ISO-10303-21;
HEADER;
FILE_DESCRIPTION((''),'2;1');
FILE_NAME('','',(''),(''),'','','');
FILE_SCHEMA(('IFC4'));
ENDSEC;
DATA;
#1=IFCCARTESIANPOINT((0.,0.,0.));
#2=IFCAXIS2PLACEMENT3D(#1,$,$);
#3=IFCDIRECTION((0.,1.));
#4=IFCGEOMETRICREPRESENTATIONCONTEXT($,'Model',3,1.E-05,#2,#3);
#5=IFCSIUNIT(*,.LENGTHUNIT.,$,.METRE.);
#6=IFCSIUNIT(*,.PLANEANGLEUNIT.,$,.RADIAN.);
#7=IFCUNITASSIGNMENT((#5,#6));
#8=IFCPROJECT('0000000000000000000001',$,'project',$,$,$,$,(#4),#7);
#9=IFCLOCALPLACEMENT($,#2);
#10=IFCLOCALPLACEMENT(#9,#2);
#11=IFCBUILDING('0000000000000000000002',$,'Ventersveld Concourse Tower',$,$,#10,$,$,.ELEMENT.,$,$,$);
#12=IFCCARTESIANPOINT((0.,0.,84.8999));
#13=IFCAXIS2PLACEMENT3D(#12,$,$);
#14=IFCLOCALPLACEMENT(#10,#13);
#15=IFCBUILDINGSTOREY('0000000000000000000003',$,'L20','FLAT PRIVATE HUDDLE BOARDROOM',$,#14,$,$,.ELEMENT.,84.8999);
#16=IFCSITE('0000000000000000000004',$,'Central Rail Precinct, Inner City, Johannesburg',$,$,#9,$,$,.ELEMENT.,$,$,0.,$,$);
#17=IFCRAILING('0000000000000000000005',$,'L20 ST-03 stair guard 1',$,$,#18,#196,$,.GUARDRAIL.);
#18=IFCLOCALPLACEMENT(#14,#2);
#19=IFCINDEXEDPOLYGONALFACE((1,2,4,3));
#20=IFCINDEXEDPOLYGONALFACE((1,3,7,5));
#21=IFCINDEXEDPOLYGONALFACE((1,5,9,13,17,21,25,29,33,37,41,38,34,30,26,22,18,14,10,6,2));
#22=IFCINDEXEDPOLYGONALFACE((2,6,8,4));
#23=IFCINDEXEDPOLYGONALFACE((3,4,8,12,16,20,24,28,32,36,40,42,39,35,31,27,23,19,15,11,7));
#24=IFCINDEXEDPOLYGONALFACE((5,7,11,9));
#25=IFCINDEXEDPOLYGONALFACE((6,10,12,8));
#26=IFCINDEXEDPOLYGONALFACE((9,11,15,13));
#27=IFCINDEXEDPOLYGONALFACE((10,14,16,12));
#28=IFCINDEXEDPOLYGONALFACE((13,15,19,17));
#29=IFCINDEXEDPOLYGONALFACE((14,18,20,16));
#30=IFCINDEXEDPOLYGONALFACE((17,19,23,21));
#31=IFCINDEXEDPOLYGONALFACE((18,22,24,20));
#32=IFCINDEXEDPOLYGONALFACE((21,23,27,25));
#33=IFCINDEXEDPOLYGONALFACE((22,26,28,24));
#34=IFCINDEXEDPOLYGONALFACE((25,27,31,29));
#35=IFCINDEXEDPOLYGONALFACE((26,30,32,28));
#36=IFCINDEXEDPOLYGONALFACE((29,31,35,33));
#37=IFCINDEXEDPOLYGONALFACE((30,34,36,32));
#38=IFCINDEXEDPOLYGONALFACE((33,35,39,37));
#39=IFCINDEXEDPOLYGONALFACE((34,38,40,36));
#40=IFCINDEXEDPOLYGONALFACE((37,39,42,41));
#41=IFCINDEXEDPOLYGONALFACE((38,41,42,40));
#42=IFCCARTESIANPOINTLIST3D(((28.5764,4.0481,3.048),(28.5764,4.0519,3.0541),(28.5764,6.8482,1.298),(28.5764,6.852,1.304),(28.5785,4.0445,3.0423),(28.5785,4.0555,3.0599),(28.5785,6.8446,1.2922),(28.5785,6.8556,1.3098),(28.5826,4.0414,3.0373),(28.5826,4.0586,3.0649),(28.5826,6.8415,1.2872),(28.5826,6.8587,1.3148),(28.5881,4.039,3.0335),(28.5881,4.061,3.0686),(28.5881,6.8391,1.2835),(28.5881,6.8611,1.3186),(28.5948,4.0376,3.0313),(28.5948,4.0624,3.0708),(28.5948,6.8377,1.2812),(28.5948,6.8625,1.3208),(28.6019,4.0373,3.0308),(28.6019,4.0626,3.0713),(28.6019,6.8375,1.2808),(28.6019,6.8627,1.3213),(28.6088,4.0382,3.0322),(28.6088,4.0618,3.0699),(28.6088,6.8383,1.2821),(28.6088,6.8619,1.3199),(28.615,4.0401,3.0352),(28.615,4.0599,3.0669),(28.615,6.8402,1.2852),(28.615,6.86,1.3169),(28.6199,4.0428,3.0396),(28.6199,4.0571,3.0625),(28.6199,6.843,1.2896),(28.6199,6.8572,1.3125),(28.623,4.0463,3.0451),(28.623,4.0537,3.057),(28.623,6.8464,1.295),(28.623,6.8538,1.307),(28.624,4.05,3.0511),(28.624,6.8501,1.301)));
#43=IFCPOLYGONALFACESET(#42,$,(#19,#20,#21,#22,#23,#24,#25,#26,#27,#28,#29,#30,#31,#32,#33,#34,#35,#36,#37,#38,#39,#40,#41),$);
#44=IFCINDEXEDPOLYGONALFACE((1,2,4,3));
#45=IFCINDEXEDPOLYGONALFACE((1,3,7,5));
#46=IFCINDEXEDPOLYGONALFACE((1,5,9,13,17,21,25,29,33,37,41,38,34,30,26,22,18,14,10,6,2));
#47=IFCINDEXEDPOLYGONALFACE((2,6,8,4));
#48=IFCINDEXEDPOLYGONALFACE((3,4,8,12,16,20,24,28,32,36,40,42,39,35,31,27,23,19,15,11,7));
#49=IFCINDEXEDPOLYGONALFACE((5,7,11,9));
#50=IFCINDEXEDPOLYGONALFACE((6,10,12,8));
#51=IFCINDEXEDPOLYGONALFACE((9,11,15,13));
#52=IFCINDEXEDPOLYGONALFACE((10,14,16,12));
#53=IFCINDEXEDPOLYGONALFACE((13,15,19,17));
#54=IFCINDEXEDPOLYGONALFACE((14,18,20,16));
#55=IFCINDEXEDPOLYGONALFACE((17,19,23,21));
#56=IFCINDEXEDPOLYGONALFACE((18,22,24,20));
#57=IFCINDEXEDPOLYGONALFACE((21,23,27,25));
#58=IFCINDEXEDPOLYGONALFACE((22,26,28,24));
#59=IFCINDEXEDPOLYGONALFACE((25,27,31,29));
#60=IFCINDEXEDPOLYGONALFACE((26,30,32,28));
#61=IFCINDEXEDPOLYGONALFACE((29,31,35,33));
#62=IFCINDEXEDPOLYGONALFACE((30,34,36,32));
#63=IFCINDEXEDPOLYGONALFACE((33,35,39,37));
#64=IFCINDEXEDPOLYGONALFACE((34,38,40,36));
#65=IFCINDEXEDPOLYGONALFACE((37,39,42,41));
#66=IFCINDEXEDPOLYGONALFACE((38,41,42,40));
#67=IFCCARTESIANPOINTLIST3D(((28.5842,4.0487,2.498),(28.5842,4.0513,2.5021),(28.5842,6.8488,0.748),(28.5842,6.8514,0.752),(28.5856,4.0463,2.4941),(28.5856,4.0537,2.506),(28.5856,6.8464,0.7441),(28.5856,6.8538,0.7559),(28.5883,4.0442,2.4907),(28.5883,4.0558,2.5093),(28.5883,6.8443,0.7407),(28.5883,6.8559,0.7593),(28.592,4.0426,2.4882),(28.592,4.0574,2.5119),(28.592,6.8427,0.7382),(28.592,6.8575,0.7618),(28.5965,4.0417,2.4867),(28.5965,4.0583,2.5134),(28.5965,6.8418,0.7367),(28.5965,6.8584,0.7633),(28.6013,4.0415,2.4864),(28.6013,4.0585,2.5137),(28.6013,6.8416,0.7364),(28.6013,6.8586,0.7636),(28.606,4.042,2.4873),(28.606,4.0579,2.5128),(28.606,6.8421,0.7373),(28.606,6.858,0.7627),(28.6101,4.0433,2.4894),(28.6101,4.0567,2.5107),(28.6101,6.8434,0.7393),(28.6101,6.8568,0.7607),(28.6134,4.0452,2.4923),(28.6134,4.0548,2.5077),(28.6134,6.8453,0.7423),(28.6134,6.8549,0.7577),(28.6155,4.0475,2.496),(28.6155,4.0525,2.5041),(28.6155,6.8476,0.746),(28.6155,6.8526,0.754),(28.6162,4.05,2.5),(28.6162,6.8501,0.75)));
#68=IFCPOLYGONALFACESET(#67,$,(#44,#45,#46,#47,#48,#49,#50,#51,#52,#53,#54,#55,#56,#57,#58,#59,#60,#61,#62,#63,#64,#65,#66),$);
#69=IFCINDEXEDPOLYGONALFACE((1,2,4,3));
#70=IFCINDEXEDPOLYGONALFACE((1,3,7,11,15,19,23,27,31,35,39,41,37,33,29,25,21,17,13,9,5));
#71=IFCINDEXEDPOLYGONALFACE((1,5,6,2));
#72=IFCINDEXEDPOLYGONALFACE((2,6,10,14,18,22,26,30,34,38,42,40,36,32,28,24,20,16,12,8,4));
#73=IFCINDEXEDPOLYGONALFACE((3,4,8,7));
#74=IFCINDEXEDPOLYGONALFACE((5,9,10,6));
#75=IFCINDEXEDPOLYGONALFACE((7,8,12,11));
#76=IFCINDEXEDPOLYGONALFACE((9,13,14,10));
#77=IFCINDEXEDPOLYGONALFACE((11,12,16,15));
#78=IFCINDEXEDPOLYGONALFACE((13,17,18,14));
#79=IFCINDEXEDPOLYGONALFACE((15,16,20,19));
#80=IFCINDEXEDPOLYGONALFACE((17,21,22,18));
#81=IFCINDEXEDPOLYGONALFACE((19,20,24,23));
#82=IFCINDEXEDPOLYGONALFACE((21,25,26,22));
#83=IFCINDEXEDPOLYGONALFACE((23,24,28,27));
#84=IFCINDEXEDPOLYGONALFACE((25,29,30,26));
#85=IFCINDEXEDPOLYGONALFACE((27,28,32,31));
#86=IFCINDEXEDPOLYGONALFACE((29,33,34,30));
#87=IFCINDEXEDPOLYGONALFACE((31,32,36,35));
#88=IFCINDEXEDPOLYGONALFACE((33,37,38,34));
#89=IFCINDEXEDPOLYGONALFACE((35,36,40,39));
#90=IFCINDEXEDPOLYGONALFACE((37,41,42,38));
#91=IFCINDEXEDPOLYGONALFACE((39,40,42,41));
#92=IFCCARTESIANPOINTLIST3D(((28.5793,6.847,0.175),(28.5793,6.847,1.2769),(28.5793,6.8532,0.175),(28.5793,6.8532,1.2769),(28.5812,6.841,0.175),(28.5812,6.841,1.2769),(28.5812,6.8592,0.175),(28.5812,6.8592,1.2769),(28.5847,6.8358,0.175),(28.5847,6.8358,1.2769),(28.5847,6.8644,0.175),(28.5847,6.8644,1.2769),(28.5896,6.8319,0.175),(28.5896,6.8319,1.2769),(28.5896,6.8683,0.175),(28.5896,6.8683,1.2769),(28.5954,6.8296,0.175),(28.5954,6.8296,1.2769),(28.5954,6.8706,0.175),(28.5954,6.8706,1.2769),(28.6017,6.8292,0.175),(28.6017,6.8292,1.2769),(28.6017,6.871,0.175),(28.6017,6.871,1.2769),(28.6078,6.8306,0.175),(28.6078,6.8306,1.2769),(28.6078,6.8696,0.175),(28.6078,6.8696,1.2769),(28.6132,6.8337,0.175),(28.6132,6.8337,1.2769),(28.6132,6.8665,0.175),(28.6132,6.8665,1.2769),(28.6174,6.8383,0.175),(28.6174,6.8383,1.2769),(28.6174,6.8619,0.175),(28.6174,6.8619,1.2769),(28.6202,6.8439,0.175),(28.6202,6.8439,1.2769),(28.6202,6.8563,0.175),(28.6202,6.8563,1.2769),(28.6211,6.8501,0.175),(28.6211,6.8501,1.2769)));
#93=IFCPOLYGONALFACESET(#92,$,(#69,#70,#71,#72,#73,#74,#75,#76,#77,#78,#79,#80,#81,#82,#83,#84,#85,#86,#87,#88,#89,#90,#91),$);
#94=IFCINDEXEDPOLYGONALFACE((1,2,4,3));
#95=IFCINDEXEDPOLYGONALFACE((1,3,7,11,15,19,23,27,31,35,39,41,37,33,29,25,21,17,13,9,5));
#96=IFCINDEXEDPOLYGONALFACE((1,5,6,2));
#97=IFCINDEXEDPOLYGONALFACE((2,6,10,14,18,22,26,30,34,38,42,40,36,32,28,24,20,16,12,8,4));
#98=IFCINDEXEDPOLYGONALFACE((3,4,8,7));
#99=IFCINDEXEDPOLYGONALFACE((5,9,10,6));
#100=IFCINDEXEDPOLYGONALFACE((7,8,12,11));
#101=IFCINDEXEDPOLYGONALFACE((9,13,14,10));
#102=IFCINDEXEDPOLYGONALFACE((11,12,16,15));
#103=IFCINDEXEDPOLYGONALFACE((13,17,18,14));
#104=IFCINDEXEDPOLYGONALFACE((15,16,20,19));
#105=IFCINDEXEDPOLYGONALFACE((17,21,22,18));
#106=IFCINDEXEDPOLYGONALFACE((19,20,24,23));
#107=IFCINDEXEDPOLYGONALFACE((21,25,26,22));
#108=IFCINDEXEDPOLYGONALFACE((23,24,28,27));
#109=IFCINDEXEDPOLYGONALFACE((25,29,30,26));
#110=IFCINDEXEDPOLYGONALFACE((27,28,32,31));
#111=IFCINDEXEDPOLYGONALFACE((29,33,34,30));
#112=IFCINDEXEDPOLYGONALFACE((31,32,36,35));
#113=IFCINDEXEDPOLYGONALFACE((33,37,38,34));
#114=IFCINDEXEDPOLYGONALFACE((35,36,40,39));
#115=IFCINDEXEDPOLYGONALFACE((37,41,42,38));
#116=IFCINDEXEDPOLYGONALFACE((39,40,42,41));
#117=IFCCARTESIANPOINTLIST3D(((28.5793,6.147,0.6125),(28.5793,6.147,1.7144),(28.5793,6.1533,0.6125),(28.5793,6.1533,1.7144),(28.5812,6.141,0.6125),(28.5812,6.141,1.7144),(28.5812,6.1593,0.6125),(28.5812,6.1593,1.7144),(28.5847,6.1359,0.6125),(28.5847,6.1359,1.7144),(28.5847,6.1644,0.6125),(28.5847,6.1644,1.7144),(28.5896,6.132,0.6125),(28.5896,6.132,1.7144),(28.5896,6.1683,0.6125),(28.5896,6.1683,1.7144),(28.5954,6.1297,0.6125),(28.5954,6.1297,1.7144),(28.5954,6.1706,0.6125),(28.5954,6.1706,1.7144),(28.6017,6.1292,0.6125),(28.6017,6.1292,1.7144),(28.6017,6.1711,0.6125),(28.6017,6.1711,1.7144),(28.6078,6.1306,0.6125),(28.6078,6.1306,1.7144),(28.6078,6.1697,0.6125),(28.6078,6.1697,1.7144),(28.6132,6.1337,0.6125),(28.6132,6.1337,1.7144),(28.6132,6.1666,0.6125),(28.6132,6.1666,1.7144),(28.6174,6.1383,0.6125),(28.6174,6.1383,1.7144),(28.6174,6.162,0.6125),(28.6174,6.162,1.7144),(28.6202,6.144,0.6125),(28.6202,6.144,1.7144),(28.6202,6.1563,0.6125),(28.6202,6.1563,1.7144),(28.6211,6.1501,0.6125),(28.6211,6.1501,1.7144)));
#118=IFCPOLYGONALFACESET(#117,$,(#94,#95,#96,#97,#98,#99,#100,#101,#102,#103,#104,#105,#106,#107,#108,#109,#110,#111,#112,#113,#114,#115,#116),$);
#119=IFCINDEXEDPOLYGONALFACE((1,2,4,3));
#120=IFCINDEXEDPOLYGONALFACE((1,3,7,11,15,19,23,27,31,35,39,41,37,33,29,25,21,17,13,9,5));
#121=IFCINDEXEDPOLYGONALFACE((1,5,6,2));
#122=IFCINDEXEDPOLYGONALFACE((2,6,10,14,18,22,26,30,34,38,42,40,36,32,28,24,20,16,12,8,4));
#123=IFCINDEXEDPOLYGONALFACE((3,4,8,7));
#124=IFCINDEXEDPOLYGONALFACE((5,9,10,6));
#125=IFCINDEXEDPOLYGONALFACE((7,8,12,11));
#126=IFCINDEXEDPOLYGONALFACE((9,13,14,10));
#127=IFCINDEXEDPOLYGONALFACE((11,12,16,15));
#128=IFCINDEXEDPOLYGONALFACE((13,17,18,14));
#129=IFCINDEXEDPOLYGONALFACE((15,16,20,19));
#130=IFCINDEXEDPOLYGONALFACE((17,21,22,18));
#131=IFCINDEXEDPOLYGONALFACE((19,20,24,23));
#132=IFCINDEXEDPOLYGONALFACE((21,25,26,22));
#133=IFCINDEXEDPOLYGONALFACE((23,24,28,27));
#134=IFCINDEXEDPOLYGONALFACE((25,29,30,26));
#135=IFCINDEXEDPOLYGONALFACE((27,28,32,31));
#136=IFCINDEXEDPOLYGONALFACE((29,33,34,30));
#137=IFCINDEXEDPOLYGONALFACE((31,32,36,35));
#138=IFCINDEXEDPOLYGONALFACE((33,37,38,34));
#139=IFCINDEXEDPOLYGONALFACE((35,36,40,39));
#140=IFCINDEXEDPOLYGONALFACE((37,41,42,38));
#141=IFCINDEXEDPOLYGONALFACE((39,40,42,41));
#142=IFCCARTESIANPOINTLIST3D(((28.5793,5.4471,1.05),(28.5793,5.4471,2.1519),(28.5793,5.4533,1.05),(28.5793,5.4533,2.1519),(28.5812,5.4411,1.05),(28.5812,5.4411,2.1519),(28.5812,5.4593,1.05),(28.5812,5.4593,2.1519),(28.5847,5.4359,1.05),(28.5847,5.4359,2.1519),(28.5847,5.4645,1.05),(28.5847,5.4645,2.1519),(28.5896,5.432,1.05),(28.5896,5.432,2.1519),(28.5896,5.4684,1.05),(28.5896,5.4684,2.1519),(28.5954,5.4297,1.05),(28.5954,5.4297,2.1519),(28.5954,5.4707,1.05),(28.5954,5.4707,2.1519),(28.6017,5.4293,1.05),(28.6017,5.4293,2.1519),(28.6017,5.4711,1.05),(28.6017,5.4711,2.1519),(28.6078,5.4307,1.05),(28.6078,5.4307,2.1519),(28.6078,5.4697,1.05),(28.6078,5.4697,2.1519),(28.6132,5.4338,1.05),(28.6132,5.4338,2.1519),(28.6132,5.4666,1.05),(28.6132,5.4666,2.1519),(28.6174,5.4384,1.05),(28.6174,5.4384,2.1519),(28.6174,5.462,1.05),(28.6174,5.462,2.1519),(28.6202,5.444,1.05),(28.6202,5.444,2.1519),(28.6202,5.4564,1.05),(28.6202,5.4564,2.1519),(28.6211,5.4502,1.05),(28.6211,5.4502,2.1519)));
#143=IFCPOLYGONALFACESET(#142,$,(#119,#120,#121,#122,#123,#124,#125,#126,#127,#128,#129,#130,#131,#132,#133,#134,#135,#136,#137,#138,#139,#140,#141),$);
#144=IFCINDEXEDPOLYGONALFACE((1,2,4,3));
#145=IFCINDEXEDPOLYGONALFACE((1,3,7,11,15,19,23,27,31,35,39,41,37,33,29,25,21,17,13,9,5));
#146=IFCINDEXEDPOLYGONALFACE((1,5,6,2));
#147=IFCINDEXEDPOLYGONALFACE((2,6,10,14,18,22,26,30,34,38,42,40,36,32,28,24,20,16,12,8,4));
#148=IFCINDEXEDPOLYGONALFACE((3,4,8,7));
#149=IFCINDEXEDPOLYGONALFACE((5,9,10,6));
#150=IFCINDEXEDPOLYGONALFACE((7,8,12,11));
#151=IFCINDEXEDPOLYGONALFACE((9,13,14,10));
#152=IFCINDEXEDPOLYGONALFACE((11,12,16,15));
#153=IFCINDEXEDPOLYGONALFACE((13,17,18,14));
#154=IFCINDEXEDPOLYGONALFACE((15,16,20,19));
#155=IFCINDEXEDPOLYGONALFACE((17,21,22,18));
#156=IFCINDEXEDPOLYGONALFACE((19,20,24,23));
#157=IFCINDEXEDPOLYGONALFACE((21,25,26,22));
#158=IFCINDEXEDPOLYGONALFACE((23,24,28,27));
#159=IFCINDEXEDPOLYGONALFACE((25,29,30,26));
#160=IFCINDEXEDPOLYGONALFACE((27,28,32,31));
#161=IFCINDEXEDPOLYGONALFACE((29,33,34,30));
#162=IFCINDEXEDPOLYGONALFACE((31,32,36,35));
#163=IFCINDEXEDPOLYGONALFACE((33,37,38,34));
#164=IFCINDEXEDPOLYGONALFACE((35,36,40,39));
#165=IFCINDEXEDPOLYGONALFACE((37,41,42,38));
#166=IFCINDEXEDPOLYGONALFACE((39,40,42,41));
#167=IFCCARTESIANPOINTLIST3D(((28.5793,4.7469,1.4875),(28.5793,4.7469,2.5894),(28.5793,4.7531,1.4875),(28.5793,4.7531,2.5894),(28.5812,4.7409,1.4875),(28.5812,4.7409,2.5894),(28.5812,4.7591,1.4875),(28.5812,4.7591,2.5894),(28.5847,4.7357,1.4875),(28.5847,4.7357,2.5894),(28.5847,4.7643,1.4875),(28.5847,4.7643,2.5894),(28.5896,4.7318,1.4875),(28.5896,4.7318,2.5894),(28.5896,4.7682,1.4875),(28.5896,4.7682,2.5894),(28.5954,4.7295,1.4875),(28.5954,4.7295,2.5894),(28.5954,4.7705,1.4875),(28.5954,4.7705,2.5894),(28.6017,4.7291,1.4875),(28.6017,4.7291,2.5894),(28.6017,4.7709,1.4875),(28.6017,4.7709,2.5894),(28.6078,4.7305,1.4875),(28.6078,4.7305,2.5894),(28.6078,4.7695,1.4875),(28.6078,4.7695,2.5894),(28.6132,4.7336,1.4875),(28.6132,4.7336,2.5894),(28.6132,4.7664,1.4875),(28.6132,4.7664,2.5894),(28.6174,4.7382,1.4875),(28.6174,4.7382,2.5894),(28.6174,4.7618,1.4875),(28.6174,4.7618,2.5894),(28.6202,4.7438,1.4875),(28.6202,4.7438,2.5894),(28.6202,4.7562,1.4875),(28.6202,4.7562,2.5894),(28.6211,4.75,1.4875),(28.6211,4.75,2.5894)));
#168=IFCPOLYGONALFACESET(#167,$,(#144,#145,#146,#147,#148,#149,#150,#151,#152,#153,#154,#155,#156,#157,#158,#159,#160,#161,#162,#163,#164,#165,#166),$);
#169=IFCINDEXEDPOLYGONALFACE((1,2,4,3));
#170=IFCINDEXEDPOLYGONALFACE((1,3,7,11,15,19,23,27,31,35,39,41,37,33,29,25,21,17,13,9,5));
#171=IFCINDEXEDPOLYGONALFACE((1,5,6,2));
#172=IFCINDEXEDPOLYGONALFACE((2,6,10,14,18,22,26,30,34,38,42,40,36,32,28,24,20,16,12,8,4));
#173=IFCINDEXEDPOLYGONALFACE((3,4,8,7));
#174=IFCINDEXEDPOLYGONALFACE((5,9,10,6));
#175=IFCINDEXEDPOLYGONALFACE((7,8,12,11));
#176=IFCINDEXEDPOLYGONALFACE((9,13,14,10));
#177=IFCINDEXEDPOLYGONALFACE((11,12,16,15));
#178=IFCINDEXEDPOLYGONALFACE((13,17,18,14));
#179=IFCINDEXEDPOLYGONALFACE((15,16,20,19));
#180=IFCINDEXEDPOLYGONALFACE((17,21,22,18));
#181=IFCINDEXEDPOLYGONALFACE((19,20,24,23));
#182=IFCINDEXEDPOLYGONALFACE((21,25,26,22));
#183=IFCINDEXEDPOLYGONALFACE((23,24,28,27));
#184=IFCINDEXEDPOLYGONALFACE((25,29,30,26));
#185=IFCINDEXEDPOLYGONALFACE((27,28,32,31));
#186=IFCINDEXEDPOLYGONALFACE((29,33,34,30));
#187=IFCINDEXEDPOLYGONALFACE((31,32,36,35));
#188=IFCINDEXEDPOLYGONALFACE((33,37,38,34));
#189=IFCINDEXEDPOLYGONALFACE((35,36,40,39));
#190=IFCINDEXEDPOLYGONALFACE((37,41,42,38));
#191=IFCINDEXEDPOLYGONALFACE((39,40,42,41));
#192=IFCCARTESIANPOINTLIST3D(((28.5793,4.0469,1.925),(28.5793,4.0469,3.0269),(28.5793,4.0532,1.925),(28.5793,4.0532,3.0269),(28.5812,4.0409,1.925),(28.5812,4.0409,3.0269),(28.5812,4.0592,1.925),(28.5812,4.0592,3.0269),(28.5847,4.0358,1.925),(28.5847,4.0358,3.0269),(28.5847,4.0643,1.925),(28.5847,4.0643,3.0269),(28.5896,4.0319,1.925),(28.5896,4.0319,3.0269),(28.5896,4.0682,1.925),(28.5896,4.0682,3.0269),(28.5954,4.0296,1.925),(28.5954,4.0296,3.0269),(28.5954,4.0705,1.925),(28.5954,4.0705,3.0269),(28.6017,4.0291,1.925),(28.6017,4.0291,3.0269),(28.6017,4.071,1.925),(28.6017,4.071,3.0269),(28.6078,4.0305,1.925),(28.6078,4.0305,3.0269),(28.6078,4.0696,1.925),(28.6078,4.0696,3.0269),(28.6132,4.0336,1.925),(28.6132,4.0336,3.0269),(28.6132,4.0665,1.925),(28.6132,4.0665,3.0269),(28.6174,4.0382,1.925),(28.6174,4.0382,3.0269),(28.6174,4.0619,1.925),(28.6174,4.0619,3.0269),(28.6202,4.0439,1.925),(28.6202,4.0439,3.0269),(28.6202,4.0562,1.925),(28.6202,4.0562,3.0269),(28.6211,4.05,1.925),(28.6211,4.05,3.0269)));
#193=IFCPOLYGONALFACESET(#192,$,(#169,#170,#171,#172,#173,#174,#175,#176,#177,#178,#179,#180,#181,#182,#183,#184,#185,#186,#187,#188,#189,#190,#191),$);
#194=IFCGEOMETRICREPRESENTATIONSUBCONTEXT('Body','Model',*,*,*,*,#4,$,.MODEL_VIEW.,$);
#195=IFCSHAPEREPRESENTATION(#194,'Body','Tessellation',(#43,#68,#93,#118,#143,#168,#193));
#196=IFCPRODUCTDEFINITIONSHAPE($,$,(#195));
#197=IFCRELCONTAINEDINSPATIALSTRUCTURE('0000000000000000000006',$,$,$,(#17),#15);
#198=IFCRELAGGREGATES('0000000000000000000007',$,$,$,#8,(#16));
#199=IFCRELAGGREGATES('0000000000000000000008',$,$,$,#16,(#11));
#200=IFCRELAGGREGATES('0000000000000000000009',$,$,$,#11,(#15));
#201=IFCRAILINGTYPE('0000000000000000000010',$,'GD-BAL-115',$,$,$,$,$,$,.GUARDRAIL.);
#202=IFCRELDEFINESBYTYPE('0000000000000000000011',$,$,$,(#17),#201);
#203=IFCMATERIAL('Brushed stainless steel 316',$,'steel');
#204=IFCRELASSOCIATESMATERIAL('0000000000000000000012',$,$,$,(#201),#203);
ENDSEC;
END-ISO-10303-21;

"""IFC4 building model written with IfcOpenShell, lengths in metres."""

from ifc_helpers import new_model, si_unit, direction, frame, origin, origin_2d, place, context, subcontext, project, spatial, circle, extrude, material, type_object, element, save


model = new_model("IFC4")

# Units and contexts
model_context = context("Model", 3, precision=1e-05, world=origin(), true_north=direction((0.0, 1.0)))
body_context = subcontext(model_context, "Body", "Model", "MODEL_VIEW")
ifc_project = project(units=[si_unit("LENGTHUNIT", "METRE"), si_unit("PLANEANGLEUNIT", "RADIAN")], contexts=[model_context])

# Site, building, storey
site_placement = place(None, origin())
site = spatial("IfcSite", under=ifc_project, at=site_placement, Name="Central Rail Precinct, Inner City, Johannesburg", CompositionType="ELEMENT", RefElevation=0.0)
building_placement = place(site_placement, origin())
building = spatial("IfcBuilding", under=site, at=building_placement, Name="Ventersveld Concourse Tower", CompositionType="ELEMENT")
storey_placement = place(building_placement, frame((0.0, 0.0, 84.8999)))
storey = spatial("IfcBuildingStorey", under=building, at=storey_placement, Name="L20", Description="FLAT PRIVATE HUDDLE BOARDROOM", CompositionType="ELEMENT", Elevation=84.8999)

# Shared definitions
ifc_material_1 = material(Name="Brushed stainless steel 316", Category="steel")

# Railing
railing_type_1 = type_object("IfcRailingType", Name="GD-BAL-115", PredefinedType="GUARDRAIL", material=ifc_material_1)
railing_1_placement = place(storey_placement, frame((28.6001, 6.8501, 0.175)))
element("IfcRailing", 1, at=railing_1_placement, inside=storey, type_object=railing_type_1, Name="L20 ST-03 stair guard 1", PredefinedType="GUARDRAIL", context=body_context, shape_type="SweptSolid", body=[
    extrude(circle(Radius=0.0239, at=origin_2d()), frame((0.0, 0.0, 1.126), z_axis=(0.0, -0.848002, 0.529992), x_axis=(1.0, 0.0, 0.0)), (0.0, 0.0, 1.0), 3.302),
    extrude(circle(Radius=0.0161, at=origin_2d()), frame((0.0, 0.0, 0.575), z_axis=(0.0, -0.848002, 0.529992), x_axis=(1.0, 0.0, 0.0)), (0.0, 0.0, 1.0), 3.302),
    extrude(circle(Radius=0.021, at=origin_2d()), origin(), (0.0, 0.0, 1.0), 1.1018),
    extrude(circle(Radius=0.021, at=origin_2d()), frame((0.0, -0.7, 0.4375)), (0.0, 0.0, 1.0), 1.1018),
    extrude(circle(Radius=0.021, at=origin_2d()), frame((0.0, -1.3999, 0.875)), (0.0, 0.0, 1.0), 1.1018),
    extrude(circle(Radius=0.021, at=origin_2d()), frame((0.0, -2.1001, 1.3125)), (0.0, 0.0, 1.0), 1.1018),
    extrude(circle(Radius=0.021, at=origin_2d()), frame((0.0, -2.8, 1.75)), (0.0, 0.0, 1.0), 1.1018),
])

save(model, "model.ifc")
